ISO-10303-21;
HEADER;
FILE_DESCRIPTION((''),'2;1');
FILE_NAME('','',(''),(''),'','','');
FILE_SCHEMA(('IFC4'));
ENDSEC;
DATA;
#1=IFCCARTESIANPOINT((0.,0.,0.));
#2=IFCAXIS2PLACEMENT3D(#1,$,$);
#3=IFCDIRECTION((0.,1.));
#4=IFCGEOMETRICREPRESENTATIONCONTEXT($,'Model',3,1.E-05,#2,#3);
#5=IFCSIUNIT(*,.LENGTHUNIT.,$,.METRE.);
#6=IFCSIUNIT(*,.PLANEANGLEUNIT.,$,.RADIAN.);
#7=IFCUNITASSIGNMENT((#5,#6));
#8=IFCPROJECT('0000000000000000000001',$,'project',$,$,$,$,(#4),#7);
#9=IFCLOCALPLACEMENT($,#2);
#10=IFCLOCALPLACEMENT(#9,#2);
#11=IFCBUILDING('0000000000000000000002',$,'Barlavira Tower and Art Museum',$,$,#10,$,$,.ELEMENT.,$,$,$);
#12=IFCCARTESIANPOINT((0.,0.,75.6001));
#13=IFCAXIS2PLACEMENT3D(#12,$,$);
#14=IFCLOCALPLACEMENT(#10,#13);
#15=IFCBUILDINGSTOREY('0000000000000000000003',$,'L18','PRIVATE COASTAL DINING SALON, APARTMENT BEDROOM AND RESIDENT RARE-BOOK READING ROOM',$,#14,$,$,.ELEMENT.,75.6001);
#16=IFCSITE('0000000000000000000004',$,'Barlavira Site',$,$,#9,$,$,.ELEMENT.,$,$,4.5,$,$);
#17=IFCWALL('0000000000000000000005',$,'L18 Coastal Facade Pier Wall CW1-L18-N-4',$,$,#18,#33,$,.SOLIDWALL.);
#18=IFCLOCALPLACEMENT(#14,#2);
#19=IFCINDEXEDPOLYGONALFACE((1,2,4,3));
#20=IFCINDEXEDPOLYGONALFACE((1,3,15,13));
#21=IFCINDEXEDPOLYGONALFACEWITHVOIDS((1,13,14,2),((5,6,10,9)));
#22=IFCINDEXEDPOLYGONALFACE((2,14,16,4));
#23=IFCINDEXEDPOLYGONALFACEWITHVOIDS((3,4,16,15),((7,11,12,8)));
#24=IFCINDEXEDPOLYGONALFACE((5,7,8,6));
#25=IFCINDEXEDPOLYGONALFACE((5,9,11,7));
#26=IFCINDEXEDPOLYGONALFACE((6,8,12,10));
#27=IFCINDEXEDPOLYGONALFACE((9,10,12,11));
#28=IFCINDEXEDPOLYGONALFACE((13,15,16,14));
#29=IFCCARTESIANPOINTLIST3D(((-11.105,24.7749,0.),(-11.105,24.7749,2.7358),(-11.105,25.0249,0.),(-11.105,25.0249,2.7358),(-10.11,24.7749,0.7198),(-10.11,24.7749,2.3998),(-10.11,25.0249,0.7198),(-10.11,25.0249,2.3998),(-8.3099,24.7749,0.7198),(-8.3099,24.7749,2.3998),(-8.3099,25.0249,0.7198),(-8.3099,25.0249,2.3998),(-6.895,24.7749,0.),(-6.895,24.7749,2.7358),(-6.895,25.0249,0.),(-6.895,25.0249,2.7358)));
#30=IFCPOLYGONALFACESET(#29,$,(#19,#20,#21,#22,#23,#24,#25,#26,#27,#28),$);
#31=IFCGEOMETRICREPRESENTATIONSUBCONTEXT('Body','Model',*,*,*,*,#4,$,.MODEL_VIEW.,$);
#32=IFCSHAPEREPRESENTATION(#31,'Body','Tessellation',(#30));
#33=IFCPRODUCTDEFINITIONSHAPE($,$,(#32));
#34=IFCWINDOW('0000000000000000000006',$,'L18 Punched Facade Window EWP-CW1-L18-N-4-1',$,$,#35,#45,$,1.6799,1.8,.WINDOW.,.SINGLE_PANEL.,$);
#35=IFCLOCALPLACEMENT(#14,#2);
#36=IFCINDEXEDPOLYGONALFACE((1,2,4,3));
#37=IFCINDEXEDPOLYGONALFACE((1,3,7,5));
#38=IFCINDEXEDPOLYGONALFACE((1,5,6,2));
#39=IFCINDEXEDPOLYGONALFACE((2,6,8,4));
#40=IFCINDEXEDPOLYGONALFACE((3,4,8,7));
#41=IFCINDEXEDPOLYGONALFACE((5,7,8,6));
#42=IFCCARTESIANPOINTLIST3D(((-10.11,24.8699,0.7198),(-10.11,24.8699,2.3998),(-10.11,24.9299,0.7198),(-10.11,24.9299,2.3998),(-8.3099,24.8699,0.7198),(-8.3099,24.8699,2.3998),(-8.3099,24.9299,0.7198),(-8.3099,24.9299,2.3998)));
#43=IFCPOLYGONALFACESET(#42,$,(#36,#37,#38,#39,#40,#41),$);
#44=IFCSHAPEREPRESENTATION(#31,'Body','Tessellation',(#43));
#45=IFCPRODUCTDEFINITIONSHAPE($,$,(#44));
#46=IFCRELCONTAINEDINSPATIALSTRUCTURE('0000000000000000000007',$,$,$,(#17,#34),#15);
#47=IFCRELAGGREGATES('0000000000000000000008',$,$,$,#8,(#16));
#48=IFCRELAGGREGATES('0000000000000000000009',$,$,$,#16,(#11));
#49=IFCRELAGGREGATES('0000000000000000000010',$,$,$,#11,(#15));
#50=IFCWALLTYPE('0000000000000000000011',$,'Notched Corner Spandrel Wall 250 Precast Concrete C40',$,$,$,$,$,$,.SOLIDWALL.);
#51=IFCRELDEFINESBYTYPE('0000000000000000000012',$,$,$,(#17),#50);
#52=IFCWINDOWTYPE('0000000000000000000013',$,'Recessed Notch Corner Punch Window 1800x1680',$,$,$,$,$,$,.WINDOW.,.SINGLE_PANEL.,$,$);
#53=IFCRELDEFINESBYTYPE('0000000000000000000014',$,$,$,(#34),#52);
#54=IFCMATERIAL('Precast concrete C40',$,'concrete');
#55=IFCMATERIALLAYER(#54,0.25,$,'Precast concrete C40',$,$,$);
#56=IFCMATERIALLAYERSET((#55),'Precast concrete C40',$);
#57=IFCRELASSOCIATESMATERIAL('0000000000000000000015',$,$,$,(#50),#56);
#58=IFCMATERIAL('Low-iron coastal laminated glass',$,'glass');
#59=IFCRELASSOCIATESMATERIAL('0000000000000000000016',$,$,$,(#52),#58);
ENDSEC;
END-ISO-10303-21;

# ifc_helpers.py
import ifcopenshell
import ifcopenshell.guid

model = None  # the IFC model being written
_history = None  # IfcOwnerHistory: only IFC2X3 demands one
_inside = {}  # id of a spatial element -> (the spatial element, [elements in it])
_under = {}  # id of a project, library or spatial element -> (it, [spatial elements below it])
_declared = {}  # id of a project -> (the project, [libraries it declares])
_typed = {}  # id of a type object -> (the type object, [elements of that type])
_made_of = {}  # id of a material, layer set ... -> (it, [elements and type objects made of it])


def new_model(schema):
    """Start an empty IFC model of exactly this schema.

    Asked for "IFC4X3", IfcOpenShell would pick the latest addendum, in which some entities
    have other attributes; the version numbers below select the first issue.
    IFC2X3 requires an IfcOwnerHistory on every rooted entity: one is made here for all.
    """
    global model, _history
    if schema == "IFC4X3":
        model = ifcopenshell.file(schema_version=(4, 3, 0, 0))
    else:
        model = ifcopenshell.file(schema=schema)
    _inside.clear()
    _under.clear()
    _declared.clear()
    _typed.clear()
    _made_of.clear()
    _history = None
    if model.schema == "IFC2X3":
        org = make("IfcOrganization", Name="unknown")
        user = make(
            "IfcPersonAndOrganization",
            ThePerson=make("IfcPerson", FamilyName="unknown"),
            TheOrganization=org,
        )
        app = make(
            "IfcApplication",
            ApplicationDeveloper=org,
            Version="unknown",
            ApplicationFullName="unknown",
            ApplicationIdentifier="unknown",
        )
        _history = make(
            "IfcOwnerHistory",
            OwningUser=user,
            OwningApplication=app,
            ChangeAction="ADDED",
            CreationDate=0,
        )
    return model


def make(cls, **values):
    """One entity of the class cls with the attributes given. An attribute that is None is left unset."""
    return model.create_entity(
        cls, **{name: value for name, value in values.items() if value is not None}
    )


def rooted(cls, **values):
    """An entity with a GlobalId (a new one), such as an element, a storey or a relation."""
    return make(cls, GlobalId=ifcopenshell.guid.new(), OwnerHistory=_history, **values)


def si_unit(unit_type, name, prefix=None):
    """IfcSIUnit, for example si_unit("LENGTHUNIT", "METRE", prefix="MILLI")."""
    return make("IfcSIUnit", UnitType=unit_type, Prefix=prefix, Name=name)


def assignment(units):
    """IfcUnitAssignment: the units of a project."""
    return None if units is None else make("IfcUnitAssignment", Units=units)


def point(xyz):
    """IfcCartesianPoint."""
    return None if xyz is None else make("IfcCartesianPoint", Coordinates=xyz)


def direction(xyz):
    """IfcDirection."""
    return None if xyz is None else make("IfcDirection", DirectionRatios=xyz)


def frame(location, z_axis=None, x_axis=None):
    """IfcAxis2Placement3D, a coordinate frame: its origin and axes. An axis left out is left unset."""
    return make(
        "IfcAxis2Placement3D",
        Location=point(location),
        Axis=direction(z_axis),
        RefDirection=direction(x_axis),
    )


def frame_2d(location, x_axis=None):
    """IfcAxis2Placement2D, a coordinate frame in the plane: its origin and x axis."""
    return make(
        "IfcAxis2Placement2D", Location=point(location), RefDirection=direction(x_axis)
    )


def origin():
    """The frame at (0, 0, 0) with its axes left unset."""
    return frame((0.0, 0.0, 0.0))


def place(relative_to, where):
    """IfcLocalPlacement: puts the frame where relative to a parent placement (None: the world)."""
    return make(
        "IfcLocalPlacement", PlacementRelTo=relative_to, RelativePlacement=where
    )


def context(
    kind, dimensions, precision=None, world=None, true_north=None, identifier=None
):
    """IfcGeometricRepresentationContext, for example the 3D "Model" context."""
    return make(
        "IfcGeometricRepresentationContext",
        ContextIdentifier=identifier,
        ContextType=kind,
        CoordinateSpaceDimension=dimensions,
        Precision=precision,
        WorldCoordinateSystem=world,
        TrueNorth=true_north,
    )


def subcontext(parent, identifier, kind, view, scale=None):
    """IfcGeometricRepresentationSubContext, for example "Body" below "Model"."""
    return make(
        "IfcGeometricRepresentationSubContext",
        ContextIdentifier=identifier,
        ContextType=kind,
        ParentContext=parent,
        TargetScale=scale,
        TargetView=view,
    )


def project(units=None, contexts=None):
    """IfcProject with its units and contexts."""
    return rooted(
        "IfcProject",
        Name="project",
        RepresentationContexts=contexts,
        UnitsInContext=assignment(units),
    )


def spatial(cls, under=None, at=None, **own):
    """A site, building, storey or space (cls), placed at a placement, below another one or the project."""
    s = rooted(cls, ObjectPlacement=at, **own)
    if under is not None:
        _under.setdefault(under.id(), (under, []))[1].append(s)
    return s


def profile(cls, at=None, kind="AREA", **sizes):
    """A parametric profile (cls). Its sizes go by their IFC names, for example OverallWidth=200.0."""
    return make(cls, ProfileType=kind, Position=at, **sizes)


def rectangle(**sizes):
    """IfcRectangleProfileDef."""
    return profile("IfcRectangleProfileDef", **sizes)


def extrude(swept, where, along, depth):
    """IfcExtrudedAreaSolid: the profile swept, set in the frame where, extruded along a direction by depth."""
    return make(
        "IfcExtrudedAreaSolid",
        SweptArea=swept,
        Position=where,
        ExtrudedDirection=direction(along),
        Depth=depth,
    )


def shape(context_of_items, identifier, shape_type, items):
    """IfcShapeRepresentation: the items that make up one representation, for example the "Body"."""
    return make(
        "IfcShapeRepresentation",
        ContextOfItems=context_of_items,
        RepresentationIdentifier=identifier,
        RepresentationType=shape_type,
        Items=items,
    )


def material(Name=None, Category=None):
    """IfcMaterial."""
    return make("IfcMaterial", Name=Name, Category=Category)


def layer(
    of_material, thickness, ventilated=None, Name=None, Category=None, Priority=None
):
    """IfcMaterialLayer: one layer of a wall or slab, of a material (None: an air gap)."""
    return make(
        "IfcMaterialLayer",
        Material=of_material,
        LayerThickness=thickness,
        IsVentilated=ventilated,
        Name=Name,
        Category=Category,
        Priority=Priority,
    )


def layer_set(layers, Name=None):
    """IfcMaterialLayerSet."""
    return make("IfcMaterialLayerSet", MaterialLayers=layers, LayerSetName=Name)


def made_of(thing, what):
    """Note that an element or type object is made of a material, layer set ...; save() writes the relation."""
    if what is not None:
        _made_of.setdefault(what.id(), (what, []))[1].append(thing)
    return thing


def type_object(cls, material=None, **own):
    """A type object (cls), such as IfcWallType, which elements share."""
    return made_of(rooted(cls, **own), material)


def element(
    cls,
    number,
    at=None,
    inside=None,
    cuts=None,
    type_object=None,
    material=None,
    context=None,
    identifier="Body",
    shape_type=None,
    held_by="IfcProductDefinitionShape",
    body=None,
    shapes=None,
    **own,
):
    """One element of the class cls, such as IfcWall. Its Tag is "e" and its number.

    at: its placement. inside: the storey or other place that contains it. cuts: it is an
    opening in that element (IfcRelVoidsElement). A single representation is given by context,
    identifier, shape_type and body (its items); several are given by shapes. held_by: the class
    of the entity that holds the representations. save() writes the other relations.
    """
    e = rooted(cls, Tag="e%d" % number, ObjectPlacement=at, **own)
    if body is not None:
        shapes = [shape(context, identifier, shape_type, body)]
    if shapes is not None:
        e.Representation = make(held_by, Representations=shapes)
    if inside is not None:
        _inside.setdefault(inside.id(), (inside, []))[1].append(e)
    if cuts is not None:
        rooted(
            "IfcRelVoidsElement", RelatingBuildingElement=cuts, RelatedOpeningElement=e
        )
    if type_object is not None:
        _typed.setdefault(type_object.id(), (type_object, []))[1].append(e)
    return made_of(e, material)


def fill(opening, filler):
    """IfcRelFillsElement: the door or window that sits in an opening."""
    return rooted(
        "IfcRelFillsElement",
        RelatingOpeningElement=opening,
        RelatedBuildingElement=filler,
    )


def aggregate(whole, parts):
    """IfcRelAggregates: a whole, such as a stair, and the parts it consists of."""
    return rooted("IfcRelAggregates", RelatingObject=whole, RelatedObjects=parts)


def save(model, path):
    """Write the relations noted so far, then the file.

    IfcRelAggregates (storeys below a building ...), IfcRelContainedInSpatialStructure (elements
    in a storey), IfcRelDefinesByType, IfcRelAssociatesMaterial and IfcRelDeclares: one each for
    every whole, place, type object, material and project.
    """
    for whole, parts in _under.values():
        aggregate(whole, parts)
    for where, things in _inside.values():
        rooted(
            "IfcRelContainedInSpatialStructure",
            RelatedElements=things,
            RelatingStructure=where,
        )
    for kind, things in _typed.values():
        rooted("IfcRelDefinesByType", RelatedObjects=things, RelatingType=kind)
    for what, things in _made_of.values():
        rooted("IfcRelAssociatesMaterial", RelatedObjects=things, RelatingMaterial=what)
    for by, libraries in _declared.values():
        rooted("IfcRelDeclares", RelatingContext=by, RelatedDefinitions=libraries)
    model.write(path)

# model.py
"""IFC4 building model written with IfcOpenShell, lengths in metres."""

from ifc_helpers import new_model, si_unit, direction, frame, frame_2d, origin, place, context, subcontext, project, spatial, rectangle, extrude, material, layer, layer_set, type_object, element, fill, save


model = new_model("IFC4")

# Units and contexts
model_context = context("Model", 3, precision=1e-05, world=origin(), true_north=direction((0.0, 1.0)))
body_context = subcontext(model_context, "Body", "Model", "MODEL_VIEW")
ifc_project = project(units=[si_unit("LENGTHUNIT", "METRE"), si_unit("PLANEANGLEUNIT", "RADIAN")], contexts=[model_context])

# Site, building, storey
site_placement = place(None, origin())
site = spatial("IfcSite", under=ifc_project, at=site_placement, Name="Barlavira Site", CompositionType="ELEMENT", RefElevation=4.5)
building_placement = place(site_placement, origin())
building = spatial("IfcBuilding", under=site, at=building_placement, Name="Barlavira Tower and Art Museum", CompositionType="ELEMENT")
storey_placement = place(building_placement, frame((0.0, 0.0, 75.6001)))
storey = spatial("IfcBuildingStorey", under=building, at=storey_placement, Name="L18", Description="PRIVATE COASTAL DINING SALON, APARTMENT BEDROOM AND RESIDENT RARE-BOOK READING ROOM", CompositionType="ELEMENT", Elevation=75.6001)

# Shared definitions
ifc_material_1 = material(Name="Low-iron coastal laminated glass", Category="glass")

# Wall, opening, window
ifc_material_2 = material(Name="Precast concrete C40", Category="concrete")
ifc_layer_1 = layer(ifc_material_2, 0.25, Name="Precast concrete C40")
ifc_layer_set_1 = layer_set([ifc_layer_1], Name="Precast concrete C40")
wall_type_1 = type_object("IfcWallType", Name="Notched Corner Spandrel Wall 250 Precast Concrete C40", PredefinedType="SOLIDWALL", material=ifc_layer_set_1)
wall_1_placement = place(storey_placement, frame((-6.895, 24.8999, 0.0), z_axis=(0.0, 0.0, 1.0), x_axis=(-1.0, 0.0, 0.0)))
wall_1 = element("IfcWall", 1, at=wall_1_placement, inside=storey, type_object=wall_type_1, Name="L18 Coastal Facade Pier Wall CW1-L18-N-4", PredefinedType="SOLIDWALL", context=body_context, shape_type="SweptSolid", body=[
    extrude(rectangle(XDim=4.21, YDim=0.25, at=frame_2d((2.105, 0.0))), origin(), (0.0, 0.0, 1.0), 2.7358),
])
opening_1_placement = place(wall_1_placement, frame((1.415, 0.0, 0.72)))
opening_1 = element("IfcOpeningElement", 2, at=opening_1_placement, cuts=wall_1, PredefinedType="OPENING", context=body_context, shape_type="SweptSolid", body=[
    extrude(rectangle(XDim=1.8, YDim=1.6799, at=frame_2d((0.8999, 0.8398))), frame((0.0, 0.135, 0.0), z_axis=(0.0, -1.0, 0.0), x_axis=(1.0, 0.0, 0.0)), (0.0, 0.0, 1.0), 0.27),
])
window_type = type_object("IfcWindowType", Name="Recessed Notch Corner Punch Window 1800x1680", PartitioningType="SINGLE_PANEL", PredefinedType="WINDOW", material=ifc_material_1)
window_placement = place(opening_1_placement, origin())
window = element("IfcWindow", 3, at=window_placement, inside=storey, type_object=window_type, Name="L18 Punched Facade Window EWP-CW1-L18-N-4-1", OverallHeight=1.6799, OverallWidth=1.8, PartitioningType="SINGLE_PANEL", PredefinedType="WINDOW", context=body_context, shape_type="SweptSolid", body=[
    extrude(rectangle(XDim=1.8, YDim=1.6799, at=frame_2d((0.8999, 0.8398))), frame((0.0, 0.03, 0.0), z_axis=(0.0, -1.0, 0.0), x_axis=(1.0, 0.0, 0.0)), (0.0, 0.0, 1.0), 0.0601),
])
fill(opening_1, window)

save(model, "model.ifc")
